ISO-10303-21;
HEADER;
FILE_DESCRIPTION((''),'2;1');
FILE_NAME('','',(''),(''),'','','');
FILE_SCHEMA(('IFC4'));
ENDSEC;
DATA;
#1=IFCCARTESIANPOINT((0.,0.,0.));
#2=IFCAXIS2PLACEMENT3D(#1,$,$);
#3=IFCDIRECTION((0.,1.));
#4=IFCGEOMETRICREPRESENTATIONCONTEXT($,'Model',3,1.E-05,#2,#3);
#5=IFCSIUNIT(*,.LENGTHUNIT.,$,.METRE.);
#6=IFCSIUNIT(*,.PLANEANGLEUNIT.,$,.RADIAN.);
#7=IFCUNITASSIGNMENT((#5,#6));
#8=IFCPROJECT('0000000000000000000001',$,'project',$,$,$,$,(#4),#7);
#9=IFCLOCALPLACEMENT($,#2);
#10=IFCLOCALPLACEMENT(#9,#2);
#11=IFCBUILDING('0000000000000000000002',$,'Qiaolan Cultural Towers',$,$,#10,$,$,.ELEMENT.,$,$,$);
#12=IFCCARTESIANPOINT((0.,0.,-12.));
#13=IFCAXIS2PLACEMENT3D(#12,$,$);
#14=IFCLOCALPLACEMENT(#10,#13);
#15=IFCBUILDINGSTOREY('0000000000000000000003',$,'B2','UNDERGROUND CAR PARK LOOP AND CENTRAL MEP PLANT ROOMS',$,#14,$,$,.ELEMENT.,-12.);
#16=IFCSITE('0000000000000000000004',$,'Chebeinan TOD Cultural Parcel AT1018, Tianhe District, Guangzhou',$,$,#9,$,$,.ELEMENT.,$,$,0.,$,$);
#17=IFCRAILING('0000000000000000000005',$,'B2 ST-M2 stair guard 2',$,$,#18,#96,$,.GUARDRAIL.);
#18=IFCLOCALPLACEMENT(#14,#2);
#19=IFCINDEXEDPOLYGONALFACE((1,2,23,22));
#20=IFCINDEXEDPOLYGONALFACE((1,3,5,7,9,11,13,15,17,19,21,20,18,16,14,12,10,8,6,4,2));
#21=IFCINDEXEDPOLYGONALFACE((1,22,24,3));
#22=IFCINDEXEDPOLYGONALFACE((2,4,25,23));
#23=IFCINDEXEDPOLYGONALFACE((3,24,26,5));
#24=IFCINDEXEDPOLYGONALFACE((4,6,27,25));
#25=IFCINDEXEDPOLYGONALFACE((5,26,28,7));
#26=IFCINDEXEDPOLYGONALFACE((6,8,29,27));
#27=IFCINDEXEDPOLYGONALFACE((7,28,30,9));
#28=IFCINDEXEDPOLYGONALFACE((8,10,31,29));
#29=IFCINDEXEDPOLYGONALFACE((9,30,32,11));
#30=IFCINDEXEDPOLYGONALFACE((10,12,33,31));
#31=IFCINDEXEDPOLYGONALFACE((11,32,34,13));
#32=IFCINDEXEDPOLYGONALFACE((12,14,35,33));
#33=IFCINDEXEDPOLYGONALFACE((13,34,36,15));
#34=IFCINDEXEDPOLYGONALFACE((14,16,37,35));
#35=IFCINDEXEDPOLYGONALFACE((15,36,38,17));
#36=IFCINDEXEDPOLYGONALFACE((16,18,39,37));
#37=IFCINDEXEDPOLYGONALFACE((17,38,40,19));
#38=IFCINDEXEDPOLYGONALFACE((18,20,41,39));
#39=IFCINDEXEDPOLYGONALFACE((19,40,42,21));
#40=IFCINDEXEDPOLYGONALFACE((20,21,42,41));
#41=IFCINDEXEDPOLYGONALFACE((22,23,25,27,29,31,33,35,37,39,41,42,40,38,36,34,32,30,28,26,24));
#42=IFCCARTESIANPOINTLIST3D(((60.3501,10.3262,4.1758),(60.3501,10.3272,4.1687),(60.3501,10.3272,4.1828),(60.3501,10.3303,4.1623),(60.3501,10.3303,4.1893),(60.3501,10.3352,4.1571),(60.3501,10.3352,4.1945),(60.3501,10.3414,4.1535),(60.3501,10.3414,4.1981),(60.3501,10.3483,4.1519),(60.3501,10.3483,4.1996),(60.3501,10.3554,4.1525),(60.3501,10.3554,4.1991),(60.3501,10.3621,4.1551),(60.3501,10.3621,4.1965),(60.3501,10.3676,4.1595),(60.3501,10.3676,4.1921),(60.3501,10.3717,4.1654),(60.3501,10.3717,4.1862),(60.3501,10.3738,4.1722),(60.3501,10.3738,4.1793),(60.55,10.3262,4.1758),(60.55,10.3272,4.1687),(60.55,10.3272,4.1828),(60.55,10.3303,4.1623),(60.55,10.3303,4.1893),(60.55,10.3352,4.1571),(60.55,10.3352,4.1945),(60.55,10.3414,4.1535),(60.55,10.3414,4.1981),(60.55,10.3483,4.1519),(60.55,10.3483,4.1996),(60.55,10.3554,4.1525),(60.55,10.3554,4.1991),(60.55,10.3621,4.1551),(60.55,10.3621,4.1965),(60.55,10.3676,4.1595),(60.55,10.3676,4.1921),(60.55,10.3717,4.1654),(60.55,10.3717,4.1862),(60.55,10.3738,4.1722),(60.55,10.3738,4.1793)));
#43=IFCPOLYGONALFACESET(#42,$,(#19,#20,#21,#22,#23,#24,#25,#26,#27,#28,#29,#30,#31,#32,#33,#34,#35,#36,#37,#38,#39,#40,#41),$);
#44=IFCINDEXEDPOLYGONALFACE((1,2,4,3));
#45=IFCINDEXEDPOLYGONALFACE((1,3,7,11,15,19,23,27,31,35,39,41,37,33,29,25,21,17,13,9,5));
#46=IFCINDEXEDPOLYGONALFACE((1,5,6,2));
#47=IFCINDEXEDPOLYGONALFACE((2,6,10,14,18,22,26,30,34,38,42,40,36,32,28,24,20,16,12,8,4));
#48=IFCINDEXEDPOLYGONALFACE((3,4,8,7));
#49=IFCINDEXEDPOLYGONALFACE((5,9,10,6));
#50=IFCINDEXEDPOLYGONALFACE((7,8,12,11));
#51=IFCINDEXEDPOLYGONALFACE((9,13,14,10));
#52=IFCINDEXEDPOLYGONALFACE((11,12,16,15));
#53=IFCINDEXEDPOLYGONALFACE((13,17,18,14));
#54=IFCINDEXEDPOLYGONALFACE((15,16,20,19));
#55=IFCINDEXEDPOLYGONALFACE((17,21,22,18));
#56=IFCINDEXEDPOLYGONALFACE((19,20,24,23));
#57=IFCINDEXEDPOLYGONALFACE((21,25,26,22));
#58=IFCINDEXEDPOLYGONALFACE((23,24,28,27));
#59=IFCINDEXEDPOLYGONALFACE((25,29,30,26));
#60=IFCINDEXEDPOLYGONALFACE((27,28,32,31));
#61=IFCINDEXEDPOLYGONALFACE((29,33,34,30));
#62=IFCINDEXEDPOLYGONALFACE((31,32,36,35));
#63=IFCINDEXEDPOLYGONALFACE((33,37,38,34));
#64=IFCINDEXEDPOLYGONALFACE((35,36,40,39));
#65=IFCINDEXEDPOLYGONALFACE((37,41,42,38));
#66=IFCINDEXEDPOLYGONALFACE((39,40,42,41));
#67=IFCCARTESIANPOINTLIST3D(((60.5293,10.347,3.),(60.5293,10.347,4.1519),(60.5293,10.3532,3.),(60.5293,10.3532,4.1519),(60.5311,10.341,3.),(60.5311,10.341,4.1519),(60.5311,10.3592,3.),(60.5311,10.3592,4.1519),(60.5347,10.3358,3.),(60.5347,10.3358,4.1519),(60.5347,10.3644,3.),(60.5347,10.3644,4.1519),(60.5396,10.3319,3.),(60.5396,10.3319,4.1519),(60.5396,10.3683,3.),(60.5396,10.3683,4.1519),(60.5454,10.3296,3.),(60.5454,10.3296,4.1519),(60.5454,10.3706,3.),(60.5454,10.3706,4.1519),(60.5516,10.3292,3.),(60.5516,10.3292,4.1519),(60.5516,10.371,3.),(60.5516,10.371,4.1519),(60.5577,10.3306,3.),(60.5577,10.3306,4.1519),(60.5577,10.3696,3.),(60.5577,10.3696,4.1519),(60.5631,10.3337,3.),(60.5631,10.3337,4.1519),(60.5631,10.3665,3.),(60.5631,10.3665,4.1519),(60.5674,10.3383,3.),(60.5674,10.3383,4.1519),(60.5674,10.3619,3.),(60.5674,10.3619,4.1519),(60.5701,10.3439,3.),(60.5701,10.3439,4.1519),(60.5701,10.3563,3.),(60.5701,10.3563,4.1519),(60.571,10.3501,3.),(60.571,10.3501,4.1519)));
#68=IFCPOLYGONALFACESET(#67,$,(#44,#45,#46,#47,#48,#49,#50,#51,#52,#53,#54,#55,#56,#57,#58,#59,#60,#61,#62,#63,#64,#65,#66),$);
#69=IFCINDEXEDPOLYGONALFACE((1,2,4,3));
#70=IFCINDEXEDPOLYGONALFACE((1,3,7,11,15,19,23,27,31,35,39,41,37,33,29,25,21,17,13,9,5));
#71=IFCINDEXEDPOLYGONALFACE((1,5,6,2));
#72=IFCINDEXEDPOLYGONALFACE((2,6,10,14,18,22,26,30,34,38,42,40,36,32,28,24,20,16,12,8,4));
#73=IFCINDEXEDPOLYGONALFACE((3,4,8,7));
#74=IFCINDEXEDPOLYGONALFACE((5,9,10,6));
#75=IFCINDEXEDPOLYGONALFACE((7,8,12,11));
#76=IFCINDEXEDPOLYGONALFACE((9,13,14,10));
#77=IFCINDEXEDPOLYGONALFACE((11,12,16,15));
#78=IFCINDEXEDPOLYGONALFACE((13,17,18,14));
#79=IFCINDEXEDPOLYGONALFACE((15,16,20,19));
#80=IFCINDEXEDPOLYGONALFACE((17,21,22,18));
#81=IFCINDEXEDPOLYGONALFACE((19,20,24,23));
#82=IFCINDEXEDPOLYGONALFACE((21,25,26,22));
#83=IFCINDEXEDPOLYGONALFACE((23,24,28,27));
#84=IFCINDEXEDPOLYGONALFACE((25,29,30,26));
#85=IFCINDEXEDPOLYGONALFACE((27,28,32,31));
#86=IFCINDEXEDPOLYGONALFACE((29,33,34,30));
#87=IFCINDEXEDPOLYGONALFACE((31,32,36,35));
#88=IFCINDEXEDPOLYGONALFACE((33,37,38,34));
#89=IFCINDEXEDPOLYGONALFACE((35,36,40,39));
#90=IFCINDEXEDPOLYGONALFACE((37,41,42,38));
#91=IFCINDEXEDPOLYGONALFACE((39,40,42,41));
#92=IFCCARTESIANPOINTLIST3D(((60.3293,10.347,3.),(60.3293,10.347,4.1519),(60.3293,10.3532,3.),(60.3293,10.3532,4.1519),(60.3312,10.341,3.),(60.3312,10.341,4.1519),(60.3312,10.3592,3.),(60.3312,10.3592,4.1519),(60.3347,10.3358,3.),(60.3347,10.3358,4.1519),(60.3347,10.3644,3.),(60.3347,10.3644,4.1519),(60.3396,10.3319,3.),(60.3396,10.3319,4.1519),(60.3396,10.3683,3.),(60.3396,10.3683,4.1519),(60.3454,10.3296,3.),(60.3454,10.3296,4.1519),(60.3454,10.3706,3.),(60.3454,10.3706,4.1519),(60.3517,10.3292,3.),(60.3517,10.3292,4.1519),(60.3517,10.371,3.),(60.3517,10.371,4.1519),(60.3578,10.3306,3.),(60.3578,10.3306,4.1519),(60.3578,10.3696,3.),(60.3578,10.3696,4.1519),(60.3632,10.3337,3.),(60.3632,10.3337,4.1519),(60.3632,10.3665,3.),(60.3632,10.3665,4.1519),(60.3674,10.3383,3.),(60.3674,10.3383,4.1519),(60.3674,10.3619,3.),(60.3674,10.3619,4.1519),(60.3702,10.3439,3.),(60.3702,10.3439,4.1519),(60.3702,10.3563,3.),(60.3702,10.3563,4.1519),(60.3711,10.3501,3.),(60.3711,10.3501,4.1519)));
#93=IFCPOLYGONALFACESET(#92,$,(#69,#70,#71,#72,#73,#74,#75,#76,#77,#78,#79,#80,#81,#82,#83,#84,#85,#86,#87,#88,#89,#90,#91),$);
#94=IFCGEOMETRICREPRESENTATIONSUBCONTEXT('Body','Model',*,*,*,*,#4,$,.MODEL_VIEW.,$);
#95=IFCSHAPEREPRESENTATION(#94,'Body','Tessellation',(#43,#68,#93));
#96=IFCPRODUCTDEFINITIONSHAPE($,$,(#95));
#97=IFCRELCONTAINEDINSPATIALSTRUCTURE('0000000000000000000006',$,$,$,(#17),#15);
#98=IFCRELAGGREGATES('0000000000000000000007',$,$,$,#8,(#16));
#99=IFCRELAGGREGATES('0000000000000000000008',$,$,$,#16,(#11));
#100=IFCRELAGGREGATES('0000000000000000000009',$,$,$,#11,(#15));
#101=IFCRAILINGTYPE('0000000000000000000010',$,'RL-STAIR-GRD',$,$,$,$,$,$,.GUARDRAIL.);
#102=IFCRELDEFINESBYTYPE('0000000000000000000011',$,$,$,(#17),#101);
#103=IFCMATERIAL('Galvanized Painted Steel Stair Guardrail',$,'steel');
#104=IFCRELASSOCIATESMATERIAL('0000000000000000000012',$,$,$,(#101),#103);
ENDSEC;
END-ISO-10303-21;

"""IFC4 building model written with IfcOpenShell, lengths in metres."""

from ifc_helpers import new_model, si_unit, direction, frame, origin, origin_2d, place, context, subcontext, project, spatial, circle, extrude, material, type_object, element, save


model = new_model("IFC4")

# Units and contexts
model_context = context("Model", 3, precision=1e-05, world=origin(), true_north=direction((0.0, 1.0)))
body_context = subcontext(model_context, "Body", "Model", "MODEL_VIEW")
ifc_project = project(units=[si_unit("LENGTHUNIT", "METRE"), si_unit("PLANEANGLEUNIT", "RADIAN")], contexts=[model_context])

# Site, building, storey
site_placement = place(None, origin())
site = spatial("IfcSite", under=ifc_project, at=site_placement, Name="Chebeinan TOD Cultural Parcel AT1018, Tianhe District, Guangzhou", CompositionType="ELEMENT", RefElevation=0.0)
building_placement = place(site_placement, origin())
building = spatial("IfcBuilding", under=site, at=building_placement, Name="Qiaolan Cultural Towers", CompositionType="ELEMENT")
storey_placement = place(building_placement, frame((0.0, 0.0, -12.0)))
storey = spatial("IfcBuildingStorey", under=building, at=storey_placement, Name="B2", Description="UNDERGROUND CAR PARK LOOP AND CENTRAL MEP PLANT ROOMS", CompositionType="ELEMENT", Elevation=-12.0)

# Railing
ifc_material_1 = material(Name="Galvanized Painted Steel Stair Guardrail", Category="steel")
railing_type_1 = type_object("IfcRailingType", Name="RL-STAIR-GRD", PredefinedType="GUARDRAIL", material=ifc_material_1)
railing_1_placement = place(storey_placement, frame((60.55, 10.3501, 3.0)))
element("IfcRailing", 1, at=railing_1_placement, inside=storey, type_object=railing_type_1, Name="B2 ST-M2 stair guard 2", PredefinedType="GUARDRAIL", context=body_context, shape_type="SweptSolid", body=[
    extrude(circle(Radius=0.0239, at=origin_2d()), frame((0.0, 0.0, 1.1758), z_axis=(-1.0, 0.0, 0.0), x_axis=(0.0, -1.0, 0.0)), (0.0, 0.0, 1.0), 0.2),
    extrude(circle(Radius=0.021, at=origin_2d()), origin(), (0.0, 0.0, 1.0), 1.1519),
    extrude(circle(Radius=0.021, at=origin_2d()), frame((-0.2, 0.0, 0.0)), (0.0, 0.0, 1.0), 1.1519),
])

save(model, "model.ifc")
